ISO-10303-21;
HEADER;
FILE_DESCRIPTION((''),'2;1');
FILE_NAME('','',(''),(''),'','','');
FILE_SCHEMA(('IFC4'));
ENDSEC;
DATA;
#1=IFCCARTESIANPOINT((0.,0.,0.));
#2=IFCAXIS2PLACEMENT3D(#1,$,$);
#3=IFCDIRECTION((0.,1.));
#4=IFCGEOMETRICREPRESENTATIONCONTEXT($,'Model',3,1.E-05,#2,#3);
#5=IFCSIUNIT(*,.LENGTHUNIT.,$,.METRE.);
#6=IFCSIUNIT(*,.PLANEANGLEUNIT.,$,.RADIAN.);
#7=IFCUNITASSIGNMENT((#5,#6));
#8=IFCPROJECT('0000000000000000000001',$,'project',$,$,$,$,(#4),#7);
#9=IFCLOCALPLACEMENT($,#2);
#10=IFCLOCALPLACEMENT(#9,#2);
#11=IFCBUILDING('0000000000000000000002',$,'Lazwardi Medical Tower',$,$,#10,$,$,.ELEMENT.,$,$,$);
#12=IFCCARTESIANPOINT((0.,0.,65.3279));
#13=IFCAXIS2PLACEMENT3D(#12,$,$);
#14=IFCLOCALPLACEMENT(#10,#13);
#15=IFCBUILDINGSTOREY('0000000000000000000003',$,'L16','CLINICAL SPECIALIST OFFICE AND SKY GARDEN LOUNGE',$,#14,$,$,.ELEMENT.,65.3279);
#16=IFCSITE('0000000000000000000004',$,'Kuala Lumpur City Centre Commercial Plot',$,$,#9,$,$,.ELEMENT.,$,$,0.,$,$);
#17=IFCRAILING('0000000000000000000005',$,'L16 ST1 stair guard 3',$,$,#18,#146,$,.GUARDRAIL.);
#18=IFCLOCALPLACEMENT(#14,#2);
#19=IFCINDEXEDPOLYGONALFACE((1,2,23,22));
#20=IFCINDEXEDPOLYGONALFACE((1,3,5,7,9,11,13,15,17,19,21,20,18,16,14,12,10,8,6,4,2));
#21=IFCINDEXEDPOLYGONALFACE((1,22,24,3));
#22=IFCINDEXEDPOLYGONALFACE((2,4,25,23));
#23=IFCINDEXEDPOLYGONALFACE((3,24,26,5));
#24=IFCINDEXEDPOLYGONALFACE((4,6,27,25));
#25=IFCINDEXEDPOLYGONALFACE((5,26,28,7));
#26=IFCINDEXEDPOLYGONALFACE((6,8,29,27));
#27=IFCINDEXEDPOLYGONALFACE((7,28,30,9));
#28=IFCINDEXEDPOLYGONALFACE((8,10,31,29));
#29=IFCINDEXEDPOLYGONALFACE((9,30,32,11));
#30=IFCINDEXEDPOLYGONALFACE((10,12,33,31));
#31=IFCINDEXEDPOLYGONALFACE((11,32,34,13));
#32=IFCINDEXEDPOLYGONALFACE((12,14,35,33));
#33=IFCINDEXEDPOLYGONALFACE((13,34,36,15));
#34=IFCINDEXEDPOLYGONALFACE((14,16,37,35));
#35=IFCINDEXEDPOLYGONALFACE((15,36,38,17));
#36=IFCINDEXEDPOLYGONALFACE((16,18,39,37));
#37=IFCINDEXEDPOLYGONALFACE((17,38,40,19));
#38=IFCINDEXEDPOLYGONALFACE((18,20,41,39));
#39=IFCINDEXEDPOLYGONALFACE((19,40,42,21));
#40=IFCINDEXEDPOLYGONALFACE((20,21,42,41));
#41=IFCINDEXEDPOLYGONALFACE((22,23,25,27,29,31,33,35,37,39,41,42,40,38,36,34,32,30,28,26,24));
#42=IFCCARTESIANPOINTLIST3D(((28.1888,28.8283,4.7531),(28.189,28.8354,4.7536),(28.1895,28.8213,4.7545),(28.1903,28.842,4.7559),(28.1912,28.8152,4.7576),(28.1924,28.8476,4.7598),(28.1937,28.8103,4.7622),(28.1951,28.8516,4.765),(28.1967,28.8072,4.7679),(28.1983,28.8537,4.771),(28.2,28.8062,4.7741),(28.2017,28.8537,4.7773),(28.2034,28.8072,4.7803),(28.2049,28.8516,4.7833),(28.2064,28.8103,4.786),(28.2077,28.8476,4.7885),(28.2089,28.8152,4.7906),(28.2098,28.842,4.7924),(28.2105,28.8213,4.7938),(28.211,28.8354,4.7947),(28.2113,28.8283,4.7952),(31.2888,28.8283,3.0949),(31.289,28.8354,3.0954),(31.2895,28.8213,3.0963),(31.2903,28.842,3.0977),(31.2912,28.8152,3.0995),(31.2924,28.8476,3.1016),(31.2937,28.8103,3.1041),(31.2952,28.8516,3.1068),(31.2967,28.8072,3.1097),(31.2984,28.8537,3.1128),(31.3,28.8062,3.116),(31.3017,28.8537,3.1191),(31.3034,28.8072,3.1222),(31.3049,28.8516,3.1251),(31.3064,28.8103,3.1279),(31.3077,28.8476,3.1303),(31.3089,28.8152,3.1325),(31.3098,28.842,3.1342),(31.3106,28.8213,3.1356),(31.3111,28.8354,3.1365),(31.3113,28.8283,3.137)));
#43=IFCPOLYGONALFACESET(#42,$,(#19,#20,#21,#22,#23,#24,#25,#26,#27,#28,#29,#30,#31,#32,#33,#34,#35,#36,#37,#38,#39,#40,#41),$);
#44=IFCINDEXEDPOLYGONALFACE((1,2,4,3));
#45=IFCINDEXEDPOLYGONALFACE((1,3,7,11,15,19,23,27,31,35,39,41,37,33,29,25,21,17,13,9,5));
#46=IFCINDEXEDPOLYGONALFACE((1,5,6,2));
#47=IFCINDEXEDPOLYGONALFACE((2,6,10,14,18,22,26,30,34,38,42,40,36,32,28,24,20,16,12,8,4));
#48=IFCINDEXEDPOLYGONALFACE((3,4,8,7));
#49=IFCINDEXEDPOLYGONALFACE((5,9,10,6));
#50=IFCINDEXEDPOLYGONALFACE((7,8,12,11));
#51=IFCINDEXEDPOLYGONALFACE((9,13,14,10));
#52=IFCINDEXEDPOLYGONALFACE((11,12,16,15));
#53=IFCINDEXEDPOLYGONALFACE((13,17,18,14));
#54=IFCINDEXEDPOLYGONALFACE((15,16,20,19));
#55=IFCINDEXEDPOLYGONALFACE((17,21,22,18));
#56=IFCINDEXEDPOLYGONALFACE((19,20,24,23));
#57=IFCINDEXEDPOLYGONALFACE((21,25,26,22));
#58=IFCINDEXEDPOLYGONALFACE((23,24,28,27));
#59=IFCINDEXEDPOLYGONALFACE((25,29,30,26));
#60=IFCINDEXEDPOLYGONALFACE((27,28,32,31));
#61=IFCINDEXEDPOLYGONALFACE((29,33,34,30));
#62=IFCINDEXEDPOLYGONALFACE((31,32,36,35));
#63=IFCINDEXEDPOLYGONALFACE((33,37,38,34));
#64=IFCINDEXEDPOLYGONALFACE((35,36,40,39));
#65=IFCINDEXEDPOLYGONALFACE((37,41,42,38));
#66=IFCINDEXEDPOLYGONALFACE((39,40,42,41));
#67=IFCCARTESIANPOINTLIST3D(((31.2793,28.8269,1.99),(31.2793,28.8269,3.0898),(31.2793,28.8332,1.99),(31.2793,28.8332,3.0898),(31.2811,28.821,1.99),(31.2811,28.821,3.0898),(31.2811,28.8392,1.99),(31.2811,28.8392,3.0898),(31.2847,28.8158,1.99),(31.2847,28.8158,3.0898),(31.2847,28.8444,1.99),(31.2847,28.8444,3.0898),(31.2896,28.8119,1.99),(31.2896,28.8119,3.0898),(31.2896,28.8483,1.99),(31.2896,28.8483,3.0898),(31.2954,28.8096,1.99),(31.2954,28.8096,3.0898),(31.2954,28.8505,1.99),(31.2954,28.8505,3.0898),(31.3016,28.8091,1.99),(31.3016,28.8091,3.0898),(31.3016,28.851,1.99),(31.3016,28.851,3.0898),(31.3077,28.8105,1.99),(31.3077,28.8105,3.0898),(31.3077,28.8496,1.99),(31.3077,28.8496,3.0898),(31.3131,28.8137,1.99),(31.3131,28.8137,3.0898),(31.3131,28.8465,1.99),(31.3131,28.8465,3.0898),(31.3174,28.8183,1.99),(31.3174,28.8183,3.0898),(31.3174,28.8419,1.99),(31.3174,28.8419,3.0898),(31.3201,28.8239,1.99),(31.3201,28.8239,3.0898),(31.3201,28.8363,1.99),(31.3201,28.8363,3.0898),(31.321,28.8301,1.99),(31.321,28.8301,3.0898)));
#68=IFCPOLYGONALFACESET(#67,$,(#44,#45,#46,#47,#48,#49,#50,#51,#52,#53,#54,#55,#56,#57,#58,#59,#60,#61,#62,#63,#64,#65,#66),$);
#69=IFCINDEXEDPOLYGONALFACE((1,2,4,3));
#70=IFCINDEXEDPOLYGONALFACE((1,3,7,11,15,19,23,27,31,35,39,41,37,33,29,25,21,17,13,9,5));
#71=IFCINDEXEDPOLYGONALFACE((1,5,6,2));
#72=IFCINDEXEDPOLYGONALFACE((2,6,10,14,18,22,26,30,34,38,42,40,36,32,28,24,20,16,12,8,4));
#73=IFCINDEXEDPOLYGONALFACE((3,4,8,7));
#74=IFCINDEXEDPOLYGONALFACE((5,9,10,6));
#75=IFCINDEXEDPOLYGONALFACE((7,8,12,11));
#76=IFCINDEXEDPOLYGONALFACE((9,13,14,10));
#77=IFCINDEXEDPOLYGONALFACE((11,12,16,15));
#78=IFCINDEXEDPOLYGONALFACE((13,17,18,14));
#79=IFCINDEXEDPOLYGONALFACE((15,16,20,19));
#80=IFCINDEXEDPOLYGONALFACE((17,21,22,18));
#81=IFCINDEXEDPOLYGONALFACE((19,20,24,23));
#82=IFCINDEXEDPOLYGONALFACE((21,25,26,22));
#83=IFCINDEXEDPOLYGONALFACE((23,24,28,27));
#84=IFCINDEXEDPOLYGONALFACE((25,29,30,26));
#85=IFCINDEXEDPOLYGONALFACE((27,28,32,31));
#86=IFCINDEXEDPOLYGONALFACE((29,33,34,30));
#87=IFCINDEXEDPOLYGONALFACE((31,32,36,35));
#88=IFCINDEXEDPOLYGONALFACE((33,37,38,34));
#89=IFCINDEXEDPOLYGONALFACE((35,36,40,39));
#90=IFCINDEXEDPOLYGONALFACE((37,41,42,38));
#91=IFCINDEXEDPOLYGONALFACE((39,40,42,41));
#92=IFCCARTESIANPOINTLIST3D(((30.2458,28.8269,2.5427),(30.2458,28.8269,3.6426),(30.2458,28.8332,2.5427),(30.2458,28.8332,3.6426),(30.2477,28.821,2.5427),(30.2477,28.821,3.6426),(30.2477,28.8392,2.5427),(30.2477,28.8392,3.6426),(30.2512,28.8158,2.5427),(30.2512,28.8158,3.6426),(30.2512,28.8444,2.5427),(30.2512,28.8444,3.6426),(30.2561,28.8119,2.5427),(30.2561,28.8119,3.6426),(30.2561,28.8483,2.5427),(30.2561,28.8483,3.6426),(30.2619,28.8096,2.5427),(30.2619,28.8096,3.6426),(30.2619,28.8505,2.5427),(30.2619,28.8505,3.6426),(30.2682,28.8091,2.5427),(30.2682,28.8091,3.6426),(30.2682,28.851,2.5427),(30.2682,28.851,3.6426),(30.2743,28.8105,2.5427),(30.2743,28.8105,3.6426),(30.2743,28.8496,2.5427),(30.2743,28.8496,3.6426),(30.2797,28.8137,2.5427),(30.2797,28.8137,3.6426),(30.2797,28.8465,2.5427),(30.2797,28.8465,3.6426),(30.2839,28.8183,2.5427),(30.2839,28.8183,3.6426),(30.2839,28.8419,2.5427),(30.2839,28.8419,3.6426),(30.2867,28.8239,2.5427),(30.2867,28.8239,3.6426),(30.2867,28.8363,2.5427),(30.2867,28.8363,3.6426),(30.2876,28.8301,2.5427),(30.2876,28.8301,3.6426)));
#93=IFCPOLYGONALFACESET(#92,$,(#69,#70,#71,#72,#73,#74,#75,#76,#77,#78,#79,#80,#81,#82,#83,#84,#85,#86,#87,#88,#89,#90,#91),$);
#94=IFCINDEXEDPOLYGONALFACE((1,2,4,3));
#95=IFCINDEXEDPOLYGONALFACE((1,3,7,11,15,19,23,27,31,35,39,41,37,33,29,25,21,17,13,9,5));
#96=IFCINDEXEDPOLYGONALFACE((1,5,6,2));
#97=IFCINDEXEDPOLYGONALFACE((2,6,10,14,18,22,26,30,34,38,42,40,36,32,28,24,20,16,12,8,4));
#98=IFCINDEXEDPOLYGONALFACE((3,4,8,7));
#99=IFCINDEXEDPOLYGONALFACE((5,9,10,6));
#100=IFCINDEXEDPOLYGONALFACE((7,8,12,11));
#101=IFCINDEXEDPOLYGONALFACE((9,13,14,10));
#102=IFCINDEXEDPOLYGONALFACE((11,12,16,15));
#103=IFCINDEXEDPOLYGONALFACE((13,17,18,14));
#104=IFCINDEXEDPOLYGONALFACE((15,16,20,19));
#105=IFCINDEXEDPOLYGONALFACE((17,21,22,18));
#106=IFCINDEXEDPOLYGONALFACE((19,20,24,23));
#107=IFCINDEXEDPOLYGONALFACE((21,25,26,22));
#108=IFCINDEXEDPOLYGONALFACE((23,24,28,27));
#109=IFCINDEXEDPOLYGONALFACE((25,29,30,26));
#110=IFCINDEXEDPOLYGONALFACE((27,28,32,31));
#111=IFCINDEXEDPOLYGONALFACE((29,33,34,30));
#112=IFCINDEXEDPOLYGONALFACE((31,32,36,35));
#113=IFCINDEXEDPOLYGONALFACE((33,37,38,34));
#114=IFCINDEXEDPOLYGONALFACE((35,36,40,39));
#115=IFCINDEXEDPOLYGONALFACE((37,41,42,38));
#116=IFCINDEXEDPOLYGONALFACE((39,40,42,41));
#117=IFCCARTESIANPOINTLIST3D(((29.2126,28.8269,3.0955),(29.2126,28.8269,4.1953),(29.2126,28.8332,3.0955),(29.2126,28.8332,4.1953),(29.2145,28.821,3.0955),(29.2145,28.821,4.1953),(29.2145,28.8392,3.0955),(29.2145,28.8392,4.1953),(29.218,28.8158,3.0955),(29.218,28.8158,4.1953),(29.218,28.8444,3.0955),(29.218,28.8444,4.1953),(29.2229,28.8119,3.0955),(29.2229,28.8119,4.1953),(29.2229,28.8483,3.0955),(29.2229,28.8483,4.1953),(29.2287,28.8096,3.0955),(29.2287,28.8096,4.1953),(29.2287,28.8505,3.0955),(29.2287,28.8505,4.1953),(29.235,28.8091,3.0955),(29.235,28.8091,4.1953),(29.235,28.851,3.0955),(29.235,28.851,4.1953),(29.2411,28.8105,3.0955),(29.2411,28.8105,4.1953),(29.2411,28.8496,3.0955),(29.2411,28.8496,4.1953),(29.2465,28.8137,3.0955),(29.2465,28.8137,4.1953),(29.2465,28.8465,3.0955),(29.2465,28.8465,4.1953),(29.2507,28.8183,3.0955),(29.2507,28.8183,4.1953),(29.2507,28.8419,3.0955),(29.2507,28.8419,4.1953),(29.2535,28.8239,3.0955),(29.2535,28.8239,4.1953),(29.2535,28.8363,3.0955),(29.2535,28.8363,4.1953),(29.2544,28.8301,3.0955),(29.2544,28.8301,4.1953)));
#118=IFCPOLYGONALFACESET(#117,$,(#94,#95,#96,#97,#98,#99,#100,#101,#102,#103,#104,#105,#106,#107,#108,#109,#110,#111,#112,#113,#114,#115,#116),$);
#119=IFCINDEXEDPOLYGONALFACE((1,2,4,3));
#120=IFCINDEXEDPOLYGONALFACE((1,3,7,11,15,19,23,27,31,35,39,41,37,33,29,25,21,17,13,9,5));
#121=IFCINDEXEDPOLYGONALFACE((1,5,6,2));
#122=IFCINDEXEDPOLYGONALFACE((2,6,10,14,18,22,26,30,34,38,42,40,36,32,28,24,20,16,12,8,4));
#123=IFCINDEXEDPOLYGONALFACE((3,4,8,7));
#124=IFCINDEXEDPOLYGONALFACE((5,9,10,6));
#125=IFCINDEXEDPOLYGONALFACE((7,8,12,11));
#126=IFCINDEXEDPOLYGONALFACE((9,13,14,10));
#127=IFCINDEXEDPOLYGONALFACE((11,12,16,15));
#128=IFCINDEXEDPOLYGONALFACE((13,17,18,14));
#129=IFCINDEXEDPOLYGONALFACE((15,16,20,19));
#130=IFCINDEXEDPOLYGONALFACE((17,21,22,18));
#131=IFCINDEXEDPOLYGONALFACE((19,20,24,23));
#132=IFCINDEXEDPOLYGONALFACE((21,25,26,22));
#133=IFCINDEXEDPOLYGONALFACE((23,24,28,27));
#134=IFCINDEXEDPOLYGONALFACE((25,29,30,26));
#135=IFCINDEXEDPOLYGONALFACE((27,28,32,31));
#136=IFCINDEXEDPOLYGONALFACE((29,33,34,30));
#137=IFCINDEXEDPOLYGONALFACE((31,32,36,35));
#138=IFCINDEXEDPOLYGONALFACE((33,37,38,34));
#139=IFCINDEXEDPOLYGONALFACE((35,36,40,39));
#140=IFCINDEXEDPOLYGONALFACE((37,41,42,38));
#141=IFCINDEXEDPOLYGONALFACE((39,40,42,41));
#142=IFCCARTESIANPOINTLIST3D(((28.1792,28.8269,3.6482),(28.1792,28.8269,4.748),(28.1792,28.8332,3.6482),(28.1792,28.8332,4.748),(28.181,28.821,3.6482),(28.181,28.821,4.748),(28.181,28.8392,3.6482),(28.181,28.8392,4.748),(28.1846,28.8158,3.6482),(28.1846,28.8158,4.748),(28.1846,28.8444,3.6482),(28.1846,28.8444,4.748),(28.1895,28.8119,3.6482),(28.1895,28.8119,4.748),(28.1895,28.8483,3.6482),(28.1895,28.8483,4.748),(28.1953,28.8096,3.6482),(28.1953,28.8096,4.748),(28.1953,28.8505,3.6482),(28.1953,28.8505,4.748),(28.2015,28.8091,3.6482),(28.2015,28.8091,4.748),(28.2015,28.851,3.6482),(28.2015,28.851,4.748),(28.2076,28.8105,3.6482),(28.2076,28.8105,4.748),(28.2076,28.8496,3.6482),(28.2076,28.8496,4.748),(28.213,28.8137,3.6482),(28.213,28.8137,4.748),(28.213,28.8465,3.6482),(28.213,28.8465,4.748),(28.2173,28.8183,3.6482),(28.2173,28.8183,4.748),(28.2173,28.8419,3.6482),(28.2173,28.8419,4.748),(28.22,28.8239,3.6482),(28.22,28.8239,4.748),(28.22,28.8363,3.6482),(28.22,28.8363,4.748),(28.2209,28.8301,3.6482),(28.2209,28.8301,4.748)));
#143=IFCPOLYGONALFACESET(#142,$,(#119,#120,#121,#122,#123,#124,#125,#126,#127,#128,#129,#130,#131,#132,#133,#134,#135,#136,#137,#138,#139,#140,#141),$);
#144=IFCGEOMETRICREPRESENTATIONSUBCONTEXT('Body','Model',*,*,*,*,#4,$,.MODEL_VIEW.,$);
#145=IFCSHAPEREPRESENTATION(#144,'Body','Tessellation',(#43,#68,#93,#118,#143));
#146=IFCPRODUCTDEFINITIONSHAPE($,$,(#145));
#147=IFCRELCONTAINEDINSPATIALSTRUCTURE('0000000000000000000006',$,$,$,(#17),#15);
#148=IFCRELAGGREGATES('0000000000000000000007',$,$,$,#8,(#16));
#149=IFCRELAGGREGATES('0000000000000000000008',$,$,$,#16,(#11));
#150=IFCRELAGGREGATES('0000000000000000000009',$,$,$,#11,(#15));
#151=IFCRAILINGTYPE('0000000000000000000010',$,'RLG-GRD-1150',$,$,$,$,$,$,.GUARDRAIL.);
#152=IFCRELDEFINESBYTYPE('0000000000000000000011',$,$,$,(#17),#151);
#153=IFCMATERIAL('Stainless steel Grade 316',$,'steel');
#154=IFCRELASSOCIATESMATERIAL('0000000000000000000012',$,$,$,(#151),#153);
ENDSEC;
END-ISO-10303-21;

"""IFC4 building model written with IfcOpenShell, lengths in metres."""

from ifc_helpers import new_model, si_unit, direction, frame, origin, origin_2d, place, context, subcontext, project, spatial, circle, extrude, material, type_object, element, save


model = new_model("IFC4")

# Units and contexts
model_context = context("Model", 3, precision=1e-05, world=origin(), true_north=direction((0.0, 1.0)))
body_context = subcontext(model_context, "Body", "Model", "MODEL_VIEW")
ifc_project = project(units=[si_unit("LENGTHUNIT", "METRE"), si_unit("PLANEANGLEUNIT", "RADIAN")], contexts=[model_context])

# Site, building, storey
site_placement = place(None, origin())
site = spatial("IfcSite", under=ifc_project, at=site_placement, Name="Kuala Lumpur City Centre Commercial Plot", CompositionType="ELEMENT", RefElevation=0.0)
building_placement = place(site_placement, origin())
building = spatial("IfcBuilding", under=site, at=building_placement, Name="Lazwardi Medical Tower", CompositionType="ELEMENT")
storey_placement = place(building_placement, frame((0.0, 0.0, 65.3279)))
storey = spatial("IfcBuildingStorey", under=building, at=storey_placement, Name="L16", Description="CLINICAL SPECIALIST OFFICE AND SKY GARDEN LOUNGE", CompositionType="ELEMENT", Elevation=65.3279)

# Railing
ifc_material_1 = material(Name="Stainless steel Grade 316", Category="steel")
railing_type_1 = type_object("IfcRailingType", Name="RLG-GRD-1150", PredefinedType="GUARDRAIL", material=ifc_material_1)
railing_1_placement = place(storey_placement, frame((31.3, 28.8301, 1.99)))
element("IfcRailing", 1, at=railing_1_placement, inside=storey, type_object=railing_type_1, Name="L16 ST1 stair guard 3", PredefinedType="GUARDRAIL", context=body_context, shape_type="SweptSolid", body=[
    extrude(circle(Radius=0.0239, at=origin_2d()), frame((0.0, 0.0, 1.126), z_axis=(-0.881783, 0.0, 0.471655), x_axis=(0.0, -1.0, 0.0)), (0.0, 0.0, 1.0), 3.5156),
    extrude(circle(Radius=0.021, at=origin_2d()), origin(), (0.0, 0.0, 1.0), 1.0999),
    extrude(circle(Radius=0.021, at=origin_2d()), frame((-1.0334, 0.0, 0.5527)), (0.0, 0.0, 1.0), 1.0999),
    extrude(circle(Radius=0.021, at=origin_2d()), frame((-2.0667, 0.0, 1.1055)), (0.0, 0.0, 1.0), 1.0999),
    extrude(circle(Radius=0.021, at=origin_2d()), frame((-3.1001, 0.0, 1.6582)), (0.0, 0.0, 1.0), 1.0999),
])

save(model, "model.ifc")
